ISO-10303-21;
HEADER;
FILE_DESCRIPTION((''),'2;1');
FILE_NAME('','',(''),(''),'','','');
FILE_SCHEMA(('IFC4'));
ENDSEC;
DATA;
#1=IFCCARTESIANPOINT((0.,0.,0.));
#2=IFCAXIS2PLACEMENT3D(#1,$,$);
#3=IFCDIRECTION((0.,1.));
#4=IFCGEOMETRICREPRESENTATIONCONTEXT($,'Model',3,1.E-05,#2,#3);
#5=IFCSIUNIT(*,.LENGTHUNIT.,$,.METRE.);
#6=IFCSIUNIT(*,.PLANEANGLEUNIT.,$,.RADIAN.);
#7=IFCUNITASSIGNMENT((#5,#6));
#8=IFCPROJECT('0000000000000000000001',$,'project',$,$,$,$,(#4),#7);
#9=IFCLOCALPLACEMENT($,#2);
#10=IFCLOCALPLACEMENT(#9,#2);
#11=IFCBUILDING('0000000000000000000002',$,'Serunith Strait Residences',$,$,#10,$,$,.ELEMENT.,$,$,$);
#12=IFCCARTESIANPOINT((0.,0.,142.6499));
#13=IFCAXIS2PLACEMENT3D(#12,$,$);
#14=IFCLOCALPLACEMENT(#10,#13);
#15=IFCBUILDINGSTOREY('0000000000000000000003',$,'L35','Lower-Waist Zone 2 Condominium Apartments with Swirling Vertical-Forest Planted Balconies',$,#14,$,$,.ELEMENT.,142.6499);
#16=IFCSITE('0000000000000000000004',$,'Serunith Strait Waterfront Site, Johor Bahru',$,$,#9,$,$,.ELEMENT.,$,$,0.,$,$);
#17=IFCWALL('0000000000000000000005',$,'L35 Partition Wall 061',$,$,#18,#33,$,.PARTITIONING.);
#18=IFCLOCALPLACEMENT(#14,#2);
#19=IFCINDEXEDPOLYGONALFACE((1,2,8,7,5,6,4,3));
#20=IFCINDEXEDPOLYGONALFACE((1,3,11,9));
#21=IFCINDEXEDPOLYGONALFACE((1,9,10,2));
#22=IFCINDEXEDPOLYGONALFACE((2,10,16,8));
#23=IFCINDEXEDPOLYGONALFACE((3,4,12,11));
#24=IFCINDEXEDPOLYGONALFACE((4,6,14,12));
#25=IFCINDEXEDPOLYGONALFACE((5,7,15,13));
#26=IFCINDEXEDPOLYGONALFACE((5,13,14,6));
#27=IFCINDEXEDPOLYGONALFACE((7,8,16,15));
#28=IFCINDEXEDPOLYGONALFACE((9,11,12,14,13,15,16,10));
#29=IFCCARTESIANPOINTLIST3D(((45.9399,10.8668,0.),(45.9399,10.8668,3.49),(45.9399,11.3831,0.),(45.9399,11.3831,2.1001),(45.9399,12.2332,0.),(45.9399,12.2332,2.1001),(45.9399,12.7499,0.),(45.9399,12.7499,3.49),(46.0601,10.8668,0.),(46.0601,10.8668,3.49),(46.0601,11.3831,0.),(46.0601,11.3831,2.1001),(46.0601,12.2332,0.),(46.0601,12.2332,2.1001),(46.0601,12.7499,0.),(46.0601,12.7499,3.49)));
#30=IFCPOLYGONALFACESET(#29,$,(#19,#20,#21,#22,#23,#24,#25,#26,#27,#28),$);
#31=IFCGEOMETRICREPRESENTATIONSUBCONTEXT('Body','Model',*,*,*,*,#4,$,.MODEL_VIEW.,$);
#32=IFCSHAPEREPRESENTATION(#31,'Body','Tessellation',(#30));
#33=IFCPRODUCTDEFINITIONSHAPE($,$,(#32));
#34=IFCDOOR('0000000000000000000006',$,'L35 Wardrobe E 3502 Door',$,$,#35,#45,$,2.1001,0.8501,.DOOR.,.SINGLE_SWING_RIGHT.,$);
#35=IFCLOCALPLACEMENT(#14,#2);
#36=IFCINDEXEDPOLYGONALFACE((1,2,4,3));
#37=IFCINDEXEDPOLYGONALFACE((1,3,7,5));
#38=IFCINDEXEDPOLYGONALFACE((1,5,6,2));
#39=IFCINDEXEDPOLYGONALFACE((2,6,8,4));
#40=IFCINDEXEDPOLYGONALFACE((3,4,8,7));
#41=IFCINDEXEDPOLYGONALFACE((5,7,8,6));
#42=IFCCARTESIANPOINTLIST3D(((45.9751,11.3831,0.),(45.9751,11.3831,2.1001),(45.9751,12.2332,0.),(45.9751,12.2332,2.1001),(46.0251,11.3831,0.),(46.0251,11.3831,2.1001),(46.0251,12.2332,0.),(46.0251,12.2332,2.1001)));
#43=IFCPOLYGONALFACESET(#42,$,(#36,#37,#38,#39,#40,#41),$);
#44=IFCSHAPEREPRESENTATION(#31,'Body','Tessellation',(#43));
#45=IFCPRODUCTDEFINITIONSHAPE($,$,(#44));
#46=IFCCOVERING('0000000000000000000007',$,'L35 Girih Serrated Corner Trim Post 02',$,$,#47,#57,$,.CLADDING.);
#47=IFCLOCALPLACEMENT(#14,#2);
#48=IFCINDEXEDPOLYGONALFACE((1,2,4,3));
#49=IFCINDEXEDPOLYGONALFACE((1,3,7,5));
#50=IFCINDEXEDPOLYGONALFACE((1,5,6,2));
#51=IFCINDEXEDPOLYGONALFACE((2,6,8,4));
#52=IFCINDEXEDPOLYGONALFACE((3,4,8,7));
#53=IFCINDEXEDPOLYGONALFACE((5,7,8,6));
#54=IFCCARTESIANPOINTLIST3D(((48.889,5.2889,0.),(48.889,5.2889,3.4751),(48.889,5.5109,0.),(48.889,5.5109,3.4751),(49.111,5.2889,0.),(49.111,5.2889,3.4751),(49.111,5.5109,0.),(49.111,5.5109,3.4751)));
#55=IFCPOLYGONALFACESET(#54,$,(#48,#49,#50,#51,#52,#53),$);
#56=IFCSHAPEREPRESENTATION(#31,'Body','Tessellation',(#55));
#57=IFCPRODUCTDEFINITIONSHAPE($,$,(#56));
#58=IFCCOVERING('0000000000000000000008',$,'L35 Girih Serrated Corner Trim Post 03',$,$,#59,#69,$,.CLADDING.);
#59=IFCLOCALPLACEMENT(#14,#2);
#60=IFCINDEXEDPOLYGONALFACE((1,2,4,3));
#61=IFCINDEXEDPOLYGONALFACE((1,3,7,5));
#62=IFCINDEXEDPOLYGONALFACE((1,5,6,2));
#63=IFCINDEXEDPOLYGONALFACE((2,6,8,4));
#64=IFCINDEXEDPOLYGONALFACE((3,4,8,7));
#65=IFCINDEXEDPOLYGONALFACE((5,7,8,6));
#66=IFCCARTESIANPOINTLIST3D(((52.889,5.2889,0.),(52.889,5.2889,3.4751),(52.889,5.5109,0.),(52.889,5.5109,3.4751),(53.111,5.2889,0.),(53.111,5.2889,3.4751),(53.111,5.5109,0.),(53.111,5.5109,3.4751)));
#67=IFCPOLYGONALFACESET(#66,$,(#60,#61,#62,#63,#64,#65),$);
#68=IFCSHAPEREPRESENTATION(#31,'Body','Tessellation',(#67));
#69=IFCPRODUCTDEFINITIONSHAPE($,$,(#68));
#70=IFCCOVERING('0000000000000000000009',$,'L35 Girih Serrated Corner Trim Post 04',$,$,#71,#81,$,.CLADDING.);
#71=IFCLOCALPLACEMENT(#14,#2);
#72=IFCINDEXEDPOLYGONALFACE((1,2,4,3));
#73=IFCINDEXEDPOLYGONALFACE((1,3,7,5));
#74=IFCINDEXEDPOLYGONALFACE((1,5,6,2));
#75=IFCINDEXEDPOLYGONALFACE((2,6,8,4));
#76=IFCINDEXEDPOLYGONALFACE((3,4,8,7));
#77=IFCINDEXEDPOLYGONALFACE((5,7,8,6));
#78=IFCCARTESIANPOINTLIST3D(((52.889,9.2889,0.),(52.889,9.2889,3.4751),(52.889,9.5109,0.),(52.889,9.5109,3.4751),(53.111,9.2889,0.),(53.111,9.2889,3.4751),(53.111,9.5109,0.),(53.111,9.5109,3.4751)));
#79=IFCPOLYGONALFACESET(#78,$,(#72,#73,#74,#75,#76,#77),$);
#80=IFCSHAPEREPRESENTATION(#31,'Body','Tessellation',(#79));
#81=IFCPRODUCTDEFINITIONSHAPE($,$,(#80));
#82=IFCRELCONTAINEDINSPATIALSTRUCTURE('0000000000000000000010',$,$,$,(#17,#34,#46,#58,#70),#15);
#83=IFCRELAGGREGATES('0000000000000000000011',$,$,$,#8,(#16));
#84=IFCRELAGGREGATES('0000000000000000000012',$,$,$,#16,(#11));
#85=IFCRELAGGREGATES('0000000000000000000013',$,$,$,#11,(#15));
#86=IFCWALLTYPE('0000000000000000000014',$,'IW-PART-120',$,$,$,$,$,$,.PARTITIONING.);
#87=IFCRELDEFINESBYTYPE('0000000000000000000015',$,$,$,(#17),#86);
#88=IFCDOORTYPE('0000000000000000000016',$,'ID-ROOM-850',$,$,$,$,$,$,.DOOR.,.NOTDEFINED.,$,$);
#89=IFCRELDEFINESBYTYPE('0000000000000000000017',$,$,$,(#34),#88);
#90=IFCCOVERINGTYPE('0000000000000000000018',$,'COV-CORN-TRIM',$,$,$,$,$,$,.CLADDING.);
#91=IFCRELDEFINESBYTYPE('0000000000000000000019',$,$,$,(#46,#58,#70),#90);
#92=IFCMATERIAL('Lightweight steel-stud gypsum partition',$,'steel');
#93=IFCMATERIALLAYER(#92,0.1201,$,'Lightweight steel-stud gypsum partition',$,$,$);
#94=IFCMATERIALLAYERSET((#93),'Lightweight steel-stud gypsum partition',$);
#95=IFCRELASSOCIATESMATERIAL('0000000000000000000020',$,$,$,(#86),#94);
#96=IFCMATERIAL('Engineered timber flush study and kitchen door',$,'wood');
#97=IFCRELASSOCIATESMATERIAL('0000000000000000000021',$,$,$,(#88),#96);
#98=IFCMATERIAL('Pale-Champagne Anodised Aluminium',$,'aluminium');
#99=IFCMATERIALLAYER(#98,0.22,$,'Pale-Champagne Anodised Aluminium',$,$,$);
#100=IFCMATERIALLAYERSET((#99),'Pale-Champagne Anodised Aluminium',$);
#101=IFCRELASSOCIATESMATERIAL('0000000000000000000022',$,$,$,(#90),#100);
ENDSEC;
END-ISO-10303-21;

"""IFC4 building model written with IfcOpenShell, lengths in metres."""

from ifc_helpers import new_model, si_unit, direction, frame, frame_2d, origin, origin_2d, place, context, subcontext, project, spatial, rectangle, extrude, source, transform, mapped, material, layer, layer_set, type_object, element, fill, save


model = new_model("IFC4")

# Units and contexts
model_context = context("Model", 3, precision=1e-05, world=origin(), true_north=direction((0.0, 1.0)))
body_context = subcontext(model_context, "Body", "Model", "MODEL_VIEW")
ifc_project = project(units=[si_unit("LENGTHUNIT", "METRE"), si_unit("PLANEANGLEUNIT", "RADIAN")], contexts=[model_context])

# Site, building, storey
site_placement = place(None, origin())
site = spatial("IfcSite", under=ifc_project, at=site_placement, Name="Serunith Strait Waterfront Site, Johor Bahru", CompositionType="ELEMENT", RefElevation=0.0)
building_placement = place(site_placement, origin())
building = spatial("IfcBuilding", under=site, at=building_placement, Name="Serunith Strait Residences", CompositionType="ELEMENT")
storey_placement = place(building_placement, frame((0.0, 0.0, 142.6499)))
storey = spatial("IfcBuildingStorey", under=building, at=storey_placement, Name="L35", Description="Lower-Waist Zone 2 Condominium Apartments with Swirling Vertical-Forest Planted Balconies", CompositionType="ELEMENT", Elevation=142.6499)

# Shared definitions
ifc_material_1 = material(Name="Pale-Champagne Anodised Aluminium", Category="aluminium")

# Shared definitions
ifc_material_2 = material(Name="Lightweight steel-stud gypsum partition", Category="steel")
ifc_layer_1 = layer(ifc_material_2, 0.1201, Name="Lightweight steel-stud gypsum partition")
ifc_layer_set_1 = layer_set([ifc_layer_1], Name="Lightweight steel-stud gypsum partition")
wall_type_1 = type_object("IfcWallType", Name="IW-PART-120", PredefinedType="PARTITIONING", material=ifc_layer_set_1)

# Wall, opening, door
shared_shape_1 = source(origin(), body_context, "Body", "SweptSolid", [
    extrude(rectangle(XDim=0.8501, YDim=2.1001, at=frame_2d((0.425, 1.05))), frame((0.0, 0.0249, 0.0), z_axis=(0.0, -1.0, 0.0), x_axis=(1.0, 0.0, 0.0)), (0.0, 0.0, 1.0), 0.05),
])
wall_1_placement = place(storey_placement, frame((46.0, 10.8669, 0.0), z_axis=(0.0, 0.0, 1.0), x_axis=(0.0, 1.0, 0.0)))
wall_1 = element("IfcWall", 1, at=wall_1_placement, inside=storey, type_object=wall_type_1, Name="L35 Partition Wall 061", PredefinedType="PARTITIONING", context=body_context, shape_type="SweptSolid", body=[
    extrude(rectangle(XDim=1.8831, YDim=0.1201, at=frame_2d((0.9414, 0.0))), origin(), (0.0, 0.0, 1.0), 3.49),
])
opening_1_placement = place(wall_1_placement, frame((0.5161, 0.0, 0.0)))
opening_1 = element("IfcOpeningElement", 2, at=opening_1_placement, cuts=wall_1, PredefinedType="OPENING", context=body_context, shape_type="SweptSolid", body=[
    extrude(rectangle(XDim=0.8501, YDim=2.1001, at=frame_2d((0.425, 1.05))), frame((0.0, 0.0701, 0.0), z_axis=(0.0, -1.0, 0.0), x_axis=(1.0, 0.0, 0.0)), (0.0, 0.0, 1.0), 0.1401),
])
ifc_material_3 = material(Name="Engineered timber flush study and kitchen door", Category="wood")
door_type_1 = type_object("IfcDoorType", Name="ID-ROOM-850", OperationType="NOTDEFINED", PredefinedType="DOOR", material=ifc_material_3)
door_1_placement = place(opening_1_placement, origin())
door_1 = element("IfcDoor", 3, at=door_1_placement, inside=storey, type_object=door_type_1, Name="L35 Wardrobe E 3502 Door", OperationType="SINGLE_SWING_RIGHT", OverallHeight=2.1001, OverallWidth=0.8501, PredefinedType="DOOR", context=body_context, shape_type="MappedRepresentation", body=[
    mapped(shared_shape_1, transform((0.0, 0.0, 0.0), scale=1.0)),
])
fill(opening_1, door_1)

# Coverings
ifc_layer_2 = layer(ifc_material_1, 0.22, Name="Pale-Champagne Anodised Aluminium")
ifc_layer_set_2 = layer_set([ifc_layer_2], Name="Pale-Champagne Anodised Aluminium")
covering_type = type_object("IfcCoveringType", Name="COV-CORN-TRIM", PredefinedType="CLADDING", material=ifc_layer_set_2)
shared_shape_2 = source(origin(), body_context, "Body", "SweptSolid", [
    extrude(rectangle(XDim=0.2219, YDim=0.2219, at=origin_2d()), origin(), (0.0, 0.0, 1.0), 3.4751),
])
for number, where, z_axis, x_axis, name in (
    (4, (49.0, 5.3999, 0.0), (0.0, 0.0, 1.0), (1.0, 0.0, 0.0), "L35 Girih Serrated Corner Trim Post 02"),
    (5, (53.0, 5.3999, 0.0), (0.0, 0.0, 1.0), (1.0, 0.0, 0.0), "L35 Girih Serrated Corner Trim Post 03"),
    (6, (53.0, 9.3999, 0.0), (0.0, 0.0, 1.0), (1.0, 0.0, 0.0), "L35 Girih Serrated Corner Trim Post 04"),
):
    element("IfcCovering", number, at=place(storey_placement, frame(where, z_axis=z_axis, x_axis=x_axis)), inside=storey, type_object=covering_type, Name=name, PredefinedType="CLADDING", context=body_context, shape_type="MappedRepresentation", body=[
        mapped(shared_shape_2, transform((0.0, 0.0, 0.0), scale=1.0)),
    ])

save(model, "model.ifc")
